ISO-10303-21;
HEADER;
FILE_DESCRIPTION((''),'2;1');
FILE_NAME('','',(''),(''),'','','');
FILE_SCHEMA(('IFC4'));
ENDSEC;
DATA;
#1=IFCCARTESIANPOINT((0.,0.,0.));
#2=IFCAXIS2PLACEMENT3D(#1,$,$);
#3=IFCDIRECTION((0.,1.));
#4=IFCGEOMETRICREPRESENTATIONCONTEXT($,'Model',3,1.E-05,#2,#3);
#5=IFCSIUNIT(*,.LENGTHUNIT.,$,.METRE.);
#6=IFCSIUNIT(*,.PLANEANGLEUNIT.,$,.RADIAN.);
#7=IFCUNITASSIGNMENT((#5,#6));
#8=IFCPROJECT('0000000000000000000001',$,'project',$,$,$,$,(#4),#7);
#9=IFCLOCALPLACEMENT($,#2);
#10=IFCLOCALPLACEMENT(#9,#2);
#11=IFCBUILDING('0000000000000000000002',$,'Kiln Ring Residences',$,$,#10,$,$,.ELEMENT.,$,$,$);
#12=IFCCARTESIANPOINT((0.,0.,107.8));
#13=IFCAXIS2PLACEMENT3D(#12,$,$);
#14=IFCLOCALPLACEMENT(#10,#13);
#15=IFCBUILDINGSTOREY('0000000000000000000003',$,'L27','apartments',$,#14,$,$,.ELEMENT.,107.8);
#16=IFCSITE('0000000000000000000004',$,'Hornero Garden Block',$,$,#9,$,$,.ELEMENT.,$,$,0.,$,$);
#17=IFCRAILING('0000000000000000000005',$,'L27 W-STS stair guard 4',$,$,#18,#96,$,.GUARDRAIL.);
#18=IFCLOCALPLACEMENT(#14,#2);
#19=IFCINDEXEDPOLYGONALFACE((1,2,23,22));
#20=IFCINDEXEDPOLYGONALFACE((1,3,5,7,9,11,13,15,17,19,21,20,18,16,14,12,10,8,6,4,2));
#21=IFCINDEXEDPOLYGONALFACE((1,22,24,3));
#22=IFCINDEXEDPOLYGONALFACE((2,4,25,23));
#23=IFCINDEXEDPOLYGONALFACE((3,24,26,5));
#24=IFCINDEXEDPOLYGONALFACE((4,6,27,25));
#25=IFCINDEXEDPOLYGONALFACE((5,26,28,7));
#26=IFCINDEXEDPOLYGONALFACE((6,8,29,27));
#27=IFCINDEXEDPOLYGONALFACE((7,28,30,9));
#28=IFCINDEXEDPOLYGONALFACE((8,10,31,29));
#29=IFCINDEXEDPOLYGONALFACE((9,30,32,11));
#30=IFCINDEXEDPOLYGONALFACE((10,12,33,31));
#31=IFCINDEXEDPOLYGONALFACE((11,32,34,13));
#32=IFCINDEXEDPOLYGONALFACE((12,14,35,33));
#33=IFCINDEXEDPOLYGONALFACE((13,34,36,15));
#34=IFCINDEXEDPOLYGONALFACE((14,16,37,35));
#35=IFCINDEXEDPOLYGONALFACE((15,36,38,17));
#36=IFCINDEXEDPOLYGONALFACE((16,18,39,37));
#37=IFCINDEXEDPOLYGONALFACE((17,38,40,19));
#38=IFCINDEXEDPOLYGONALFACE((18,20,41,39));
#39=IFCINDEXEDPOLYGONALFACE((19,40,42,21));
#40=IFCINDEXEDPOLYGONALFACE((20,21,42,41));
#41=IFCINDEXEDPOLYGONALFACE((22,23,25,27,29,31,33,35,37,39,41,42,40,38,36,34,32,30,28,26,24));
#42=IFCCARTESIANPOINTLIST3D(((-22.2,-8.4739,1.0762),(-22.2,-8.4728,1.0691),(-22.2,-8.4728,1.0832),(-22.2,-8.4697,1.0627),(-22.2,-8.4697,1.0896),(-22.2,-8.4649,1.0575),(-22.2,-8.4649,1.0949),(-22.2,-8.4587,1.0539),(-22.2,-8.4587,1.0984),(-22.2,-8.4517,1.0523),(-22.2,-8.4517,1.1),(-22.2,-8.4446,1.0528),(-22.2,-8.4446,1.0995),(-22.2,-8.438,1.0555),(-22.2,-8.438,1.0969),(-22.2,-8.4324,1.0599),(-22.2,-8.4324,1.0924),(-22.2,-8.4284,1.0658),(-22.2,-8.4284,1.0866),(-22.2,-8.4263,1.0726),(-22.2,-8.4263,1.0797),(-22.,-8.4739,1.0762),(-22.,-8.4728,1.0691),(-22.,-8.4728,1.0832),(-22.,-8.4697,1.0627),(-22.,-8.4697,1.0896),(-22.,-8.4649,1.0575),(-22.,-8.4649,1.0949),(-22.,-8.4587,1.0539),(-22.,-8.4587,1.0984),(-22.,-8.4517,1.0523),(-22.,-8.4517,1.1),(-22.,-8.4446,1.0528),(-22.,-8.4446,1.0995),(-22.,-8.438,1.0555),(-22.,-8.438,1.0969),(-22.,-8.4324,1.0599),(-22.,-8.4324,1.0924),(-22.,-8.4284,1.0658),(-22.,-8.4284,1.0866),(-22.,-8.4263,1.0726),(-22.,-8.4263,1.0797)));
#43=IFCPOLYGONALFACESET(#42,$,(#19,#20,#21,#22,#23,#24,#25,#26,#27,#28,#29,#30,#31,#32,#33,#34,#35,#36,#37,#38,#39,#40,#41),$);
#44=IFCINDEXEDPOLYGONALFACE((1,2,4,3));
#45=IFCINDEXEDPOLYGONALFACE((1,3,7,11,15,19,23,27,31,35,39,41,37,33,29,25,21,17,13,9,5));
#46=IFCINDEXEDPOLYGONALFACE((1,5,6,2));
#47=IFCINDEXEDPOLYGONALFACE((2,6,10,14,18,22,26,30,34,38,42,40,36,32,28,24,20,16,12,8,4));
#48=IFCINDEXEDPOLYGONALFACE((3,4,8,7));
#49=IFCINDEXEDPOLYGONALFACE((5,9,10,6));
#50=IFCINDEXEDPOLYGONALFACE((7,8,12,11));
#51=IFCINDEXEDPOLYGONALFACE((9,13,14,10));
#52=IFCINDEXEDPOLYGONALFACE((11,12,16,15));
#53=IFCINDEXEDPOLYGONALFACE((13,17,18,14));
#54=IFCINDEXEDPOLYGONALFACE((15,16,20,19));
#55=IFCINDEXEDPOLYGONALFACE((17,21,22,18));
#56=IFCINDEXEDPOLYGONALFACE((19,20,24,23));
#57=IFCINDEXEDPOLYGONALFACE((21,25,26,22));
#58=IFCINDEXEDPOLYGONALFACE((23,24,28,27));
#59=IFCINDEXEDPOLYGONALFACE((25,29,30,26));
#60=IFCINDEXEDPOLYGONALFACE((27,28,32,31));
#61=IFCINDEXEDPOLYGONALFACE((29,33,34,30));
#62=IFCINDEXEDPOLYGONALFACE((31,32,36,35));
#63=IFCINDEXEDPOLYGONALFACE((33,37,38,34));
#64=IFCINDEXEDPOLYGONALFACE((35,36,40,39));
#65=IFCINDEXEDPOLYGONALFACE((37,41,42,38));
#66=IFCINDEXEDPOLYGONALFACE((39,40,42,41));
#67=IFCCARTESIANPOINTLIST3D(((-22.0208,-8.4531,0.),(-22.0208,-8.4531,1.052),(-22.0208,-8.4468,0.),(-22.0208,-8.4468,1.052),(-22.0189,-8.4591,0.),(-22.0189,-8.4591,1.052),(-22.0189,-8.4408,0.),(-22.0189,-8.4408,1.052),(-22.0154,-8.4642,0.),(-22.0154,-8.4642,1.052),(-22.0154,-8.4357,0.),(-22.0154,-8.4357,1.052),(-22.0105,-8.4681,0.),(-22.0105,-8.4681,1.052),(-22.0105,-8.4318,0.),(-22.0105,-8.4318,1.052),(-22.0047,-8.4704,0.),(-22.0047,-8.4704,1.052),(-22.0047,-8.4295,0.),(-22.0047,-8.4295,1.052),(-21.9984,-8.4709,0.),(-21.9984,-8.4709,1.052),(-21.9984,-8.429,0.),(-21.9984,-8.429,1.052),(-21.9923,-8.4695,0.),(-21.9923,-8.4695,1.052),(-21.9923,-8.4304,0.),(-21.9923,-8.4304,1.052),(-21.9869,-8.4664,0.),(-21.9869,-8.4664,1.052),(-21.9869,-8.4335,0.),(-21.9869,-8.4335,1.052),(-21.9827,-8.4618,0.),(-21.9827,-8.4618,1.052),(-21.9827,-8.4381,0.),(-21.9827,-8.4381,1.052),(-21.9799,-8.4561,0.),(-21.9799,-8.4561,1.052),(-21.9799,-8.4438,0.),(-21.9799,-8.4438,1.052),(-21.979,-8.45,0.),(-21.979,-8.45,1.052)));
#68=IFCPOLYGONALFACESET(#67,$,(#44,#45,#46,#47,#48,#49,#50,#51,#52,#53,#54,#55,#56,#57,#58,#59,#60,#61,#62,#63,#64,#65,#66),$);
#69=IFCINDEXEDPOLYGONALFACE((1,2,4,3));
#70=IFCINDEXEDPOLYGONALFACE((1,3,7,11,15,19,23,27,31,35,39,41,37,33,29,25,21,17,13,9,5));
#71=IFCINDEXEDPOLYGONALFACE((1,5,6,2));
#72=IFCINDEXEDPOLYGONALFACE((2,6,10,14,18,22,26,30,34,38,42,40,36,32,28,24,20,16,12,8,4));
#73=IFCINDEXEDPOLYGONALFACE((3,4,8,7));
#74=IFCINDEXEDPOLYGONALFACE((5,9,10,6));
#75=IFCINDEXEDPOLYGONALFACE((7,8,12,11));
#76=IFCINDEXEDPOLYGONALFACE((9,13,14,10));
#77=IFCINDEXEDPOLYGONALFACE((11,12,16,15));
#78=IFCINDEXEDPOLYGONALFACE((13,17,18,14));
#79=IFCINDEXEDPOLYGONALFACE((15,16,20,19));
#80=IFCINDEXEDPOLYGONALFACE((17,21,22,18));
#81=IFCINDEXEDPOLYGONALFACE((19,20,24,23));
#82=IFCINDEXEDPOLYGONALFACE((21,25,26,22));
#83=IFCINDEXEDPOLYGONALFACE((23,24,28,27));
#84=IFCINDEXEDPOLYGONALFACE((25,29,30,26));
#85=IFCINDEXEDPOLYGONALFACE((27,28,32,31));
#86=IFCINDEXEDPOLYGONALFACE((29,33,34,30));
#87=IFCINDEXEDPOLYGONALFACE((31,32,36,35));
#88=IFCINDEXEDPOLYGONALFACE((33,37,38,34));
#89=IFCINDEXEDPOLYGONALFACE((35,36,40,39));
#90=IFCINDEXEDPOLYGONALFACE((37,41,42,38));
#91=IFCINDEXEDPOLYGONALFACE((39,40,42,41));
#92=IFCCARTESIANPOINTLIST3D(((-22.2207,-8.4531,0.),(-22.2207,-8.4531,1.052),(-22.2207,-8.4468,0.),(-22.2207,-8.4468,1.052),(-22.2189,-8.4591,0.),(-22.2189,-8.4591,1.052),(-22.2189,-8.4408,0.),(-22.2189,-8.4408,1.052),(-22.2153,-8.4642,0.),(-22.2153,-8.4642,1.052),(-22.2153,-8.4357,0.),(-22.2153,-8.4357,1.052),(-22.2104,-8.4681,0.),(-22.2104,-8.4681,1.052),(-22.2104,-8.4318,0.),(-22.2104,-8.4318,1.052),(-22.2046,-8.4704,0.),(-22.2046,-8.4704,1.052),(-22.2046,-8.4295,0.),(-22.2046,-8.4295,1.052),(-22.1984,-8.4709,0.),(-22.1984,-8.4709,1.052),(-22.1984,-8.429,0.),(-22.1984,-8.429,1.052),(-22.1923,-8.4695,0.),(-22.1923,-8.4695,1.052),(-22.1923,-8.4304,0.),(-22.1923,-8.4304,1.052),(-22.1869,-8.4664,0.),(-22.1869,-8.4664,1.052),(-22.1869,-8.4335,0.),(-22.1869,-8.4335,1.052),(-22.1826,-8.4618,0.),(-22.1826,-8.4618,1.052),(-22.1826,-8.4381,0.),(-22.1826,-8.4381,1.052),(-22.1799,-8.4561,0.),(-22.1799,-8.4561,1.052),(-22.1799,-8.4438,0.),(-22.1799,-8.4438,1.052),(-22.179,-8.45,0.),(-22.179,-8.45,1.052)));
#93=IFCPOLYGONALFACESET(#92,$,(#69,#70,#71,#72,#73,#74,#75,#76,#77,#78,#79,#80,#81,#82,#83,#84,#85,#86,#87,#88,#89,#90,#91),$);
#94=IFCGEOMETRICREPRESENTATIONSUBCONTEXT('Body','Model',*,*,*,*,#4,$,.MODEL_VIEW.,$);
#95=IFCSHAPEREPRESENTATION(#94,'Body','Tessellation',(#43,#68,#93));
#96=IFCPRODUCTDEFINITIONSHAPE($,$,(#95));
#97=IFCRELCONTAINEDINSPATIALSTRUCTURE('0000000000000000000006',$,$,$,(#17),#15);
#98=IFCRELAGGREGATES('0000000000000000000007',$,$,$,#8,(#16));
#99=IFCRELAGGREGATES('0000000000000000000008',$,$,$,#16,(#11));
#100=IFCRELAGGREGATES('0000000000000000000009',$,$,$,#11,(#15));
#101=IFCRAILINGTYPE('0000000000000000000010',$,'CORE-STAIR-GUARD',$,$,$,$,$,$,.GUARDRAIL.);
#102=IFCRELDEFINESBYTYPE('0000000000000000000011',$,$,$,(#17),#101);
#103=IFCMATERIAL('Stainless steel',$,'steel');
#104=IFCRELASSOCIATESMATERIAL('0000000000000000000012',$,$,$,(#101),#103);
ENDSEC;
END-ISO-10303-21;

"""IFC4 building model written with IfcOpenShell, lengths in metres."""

from ifc_helpers import new_model, si_unit, direction, frame, origin, origin_2d, place, context, subcontext, project, spatial, circle, extrude, material, type_object, element, save


model = new_model("IFC4")

# Units and contexts
model_context = context("Model", 3, precision=1e-05, world=origin(), true_north=direction((0.0, 1.0)))
body_context = subcontext(model_context, "Body", "Model", "MODEL_VIEW")
ifc_project = project(units=[si_unit("LENGTHUNIT", "METRE"), si_unit("PLANEANGLEUNIT", "RADIAN")], contexts=[model_context])

# Site, building, storey
site_placement = place(None, origin())
site = spatial("IfcSite", under=ifc_project, at=site_placement, Name="Hornero Garden Block", CompositionType="ELEMENT", RefElevation=0.0)
building_placement = place(site_placement, origin())
building = spatial("IfcBuilding", under=site, at=building_placement, Name="Kiln Ring Residences", CompositionType="ELEMENT")
storey_placement = place(building_placement, frame((0.0, 0.0, 107.8)))
storey = spatial("IfcBuildingStorey", under=building, at=storey_placement, Name="L27", Description="apartments", CompositionType="ELEMENT", Elevation=107.8)

# Railing
ifc_material_1 = material(Name="Stainless steel", Category="steel")
railing_type_1 = type_object("IfcRailingType", Name="CORE-STAIR-GUARD", PredefinedType="GUARDRAIL", material=ifc_material_1)
railing_1_placement = place(storey_placement, frame((-22.0, -8.45, 0.0)))
element("IfcRailing", 1, at=railing_1_placement, inside=storey, type_object=railing_type_1, Name="L27 W-STS stair guard 4", PredefinedType="GUARDRAIL", context=body_context, shape_type="SweptSolid", body=[
    extrude(circle(Radius=0.0239, at=origin_2d()), frame((0.0, 0.0, 1.0762), z_axis=(-1.0, 0.0, 0.0), x_axis=(0.0, -1.0, 0.0)), (0.0, 0.0, 1.0), 0.2),
    extrude(circle(Radius=0.021, at=origin_2d()), origin(), (0.0, 0.0, 1.0), 1.052),
    extrude(circle(Radius=0.021, at=origin_2d()), frame((-0.2, 0.0, 0.0)), (0.0, 0.0, 1.0), 1.052),
])

save(model, "model.ifc")
